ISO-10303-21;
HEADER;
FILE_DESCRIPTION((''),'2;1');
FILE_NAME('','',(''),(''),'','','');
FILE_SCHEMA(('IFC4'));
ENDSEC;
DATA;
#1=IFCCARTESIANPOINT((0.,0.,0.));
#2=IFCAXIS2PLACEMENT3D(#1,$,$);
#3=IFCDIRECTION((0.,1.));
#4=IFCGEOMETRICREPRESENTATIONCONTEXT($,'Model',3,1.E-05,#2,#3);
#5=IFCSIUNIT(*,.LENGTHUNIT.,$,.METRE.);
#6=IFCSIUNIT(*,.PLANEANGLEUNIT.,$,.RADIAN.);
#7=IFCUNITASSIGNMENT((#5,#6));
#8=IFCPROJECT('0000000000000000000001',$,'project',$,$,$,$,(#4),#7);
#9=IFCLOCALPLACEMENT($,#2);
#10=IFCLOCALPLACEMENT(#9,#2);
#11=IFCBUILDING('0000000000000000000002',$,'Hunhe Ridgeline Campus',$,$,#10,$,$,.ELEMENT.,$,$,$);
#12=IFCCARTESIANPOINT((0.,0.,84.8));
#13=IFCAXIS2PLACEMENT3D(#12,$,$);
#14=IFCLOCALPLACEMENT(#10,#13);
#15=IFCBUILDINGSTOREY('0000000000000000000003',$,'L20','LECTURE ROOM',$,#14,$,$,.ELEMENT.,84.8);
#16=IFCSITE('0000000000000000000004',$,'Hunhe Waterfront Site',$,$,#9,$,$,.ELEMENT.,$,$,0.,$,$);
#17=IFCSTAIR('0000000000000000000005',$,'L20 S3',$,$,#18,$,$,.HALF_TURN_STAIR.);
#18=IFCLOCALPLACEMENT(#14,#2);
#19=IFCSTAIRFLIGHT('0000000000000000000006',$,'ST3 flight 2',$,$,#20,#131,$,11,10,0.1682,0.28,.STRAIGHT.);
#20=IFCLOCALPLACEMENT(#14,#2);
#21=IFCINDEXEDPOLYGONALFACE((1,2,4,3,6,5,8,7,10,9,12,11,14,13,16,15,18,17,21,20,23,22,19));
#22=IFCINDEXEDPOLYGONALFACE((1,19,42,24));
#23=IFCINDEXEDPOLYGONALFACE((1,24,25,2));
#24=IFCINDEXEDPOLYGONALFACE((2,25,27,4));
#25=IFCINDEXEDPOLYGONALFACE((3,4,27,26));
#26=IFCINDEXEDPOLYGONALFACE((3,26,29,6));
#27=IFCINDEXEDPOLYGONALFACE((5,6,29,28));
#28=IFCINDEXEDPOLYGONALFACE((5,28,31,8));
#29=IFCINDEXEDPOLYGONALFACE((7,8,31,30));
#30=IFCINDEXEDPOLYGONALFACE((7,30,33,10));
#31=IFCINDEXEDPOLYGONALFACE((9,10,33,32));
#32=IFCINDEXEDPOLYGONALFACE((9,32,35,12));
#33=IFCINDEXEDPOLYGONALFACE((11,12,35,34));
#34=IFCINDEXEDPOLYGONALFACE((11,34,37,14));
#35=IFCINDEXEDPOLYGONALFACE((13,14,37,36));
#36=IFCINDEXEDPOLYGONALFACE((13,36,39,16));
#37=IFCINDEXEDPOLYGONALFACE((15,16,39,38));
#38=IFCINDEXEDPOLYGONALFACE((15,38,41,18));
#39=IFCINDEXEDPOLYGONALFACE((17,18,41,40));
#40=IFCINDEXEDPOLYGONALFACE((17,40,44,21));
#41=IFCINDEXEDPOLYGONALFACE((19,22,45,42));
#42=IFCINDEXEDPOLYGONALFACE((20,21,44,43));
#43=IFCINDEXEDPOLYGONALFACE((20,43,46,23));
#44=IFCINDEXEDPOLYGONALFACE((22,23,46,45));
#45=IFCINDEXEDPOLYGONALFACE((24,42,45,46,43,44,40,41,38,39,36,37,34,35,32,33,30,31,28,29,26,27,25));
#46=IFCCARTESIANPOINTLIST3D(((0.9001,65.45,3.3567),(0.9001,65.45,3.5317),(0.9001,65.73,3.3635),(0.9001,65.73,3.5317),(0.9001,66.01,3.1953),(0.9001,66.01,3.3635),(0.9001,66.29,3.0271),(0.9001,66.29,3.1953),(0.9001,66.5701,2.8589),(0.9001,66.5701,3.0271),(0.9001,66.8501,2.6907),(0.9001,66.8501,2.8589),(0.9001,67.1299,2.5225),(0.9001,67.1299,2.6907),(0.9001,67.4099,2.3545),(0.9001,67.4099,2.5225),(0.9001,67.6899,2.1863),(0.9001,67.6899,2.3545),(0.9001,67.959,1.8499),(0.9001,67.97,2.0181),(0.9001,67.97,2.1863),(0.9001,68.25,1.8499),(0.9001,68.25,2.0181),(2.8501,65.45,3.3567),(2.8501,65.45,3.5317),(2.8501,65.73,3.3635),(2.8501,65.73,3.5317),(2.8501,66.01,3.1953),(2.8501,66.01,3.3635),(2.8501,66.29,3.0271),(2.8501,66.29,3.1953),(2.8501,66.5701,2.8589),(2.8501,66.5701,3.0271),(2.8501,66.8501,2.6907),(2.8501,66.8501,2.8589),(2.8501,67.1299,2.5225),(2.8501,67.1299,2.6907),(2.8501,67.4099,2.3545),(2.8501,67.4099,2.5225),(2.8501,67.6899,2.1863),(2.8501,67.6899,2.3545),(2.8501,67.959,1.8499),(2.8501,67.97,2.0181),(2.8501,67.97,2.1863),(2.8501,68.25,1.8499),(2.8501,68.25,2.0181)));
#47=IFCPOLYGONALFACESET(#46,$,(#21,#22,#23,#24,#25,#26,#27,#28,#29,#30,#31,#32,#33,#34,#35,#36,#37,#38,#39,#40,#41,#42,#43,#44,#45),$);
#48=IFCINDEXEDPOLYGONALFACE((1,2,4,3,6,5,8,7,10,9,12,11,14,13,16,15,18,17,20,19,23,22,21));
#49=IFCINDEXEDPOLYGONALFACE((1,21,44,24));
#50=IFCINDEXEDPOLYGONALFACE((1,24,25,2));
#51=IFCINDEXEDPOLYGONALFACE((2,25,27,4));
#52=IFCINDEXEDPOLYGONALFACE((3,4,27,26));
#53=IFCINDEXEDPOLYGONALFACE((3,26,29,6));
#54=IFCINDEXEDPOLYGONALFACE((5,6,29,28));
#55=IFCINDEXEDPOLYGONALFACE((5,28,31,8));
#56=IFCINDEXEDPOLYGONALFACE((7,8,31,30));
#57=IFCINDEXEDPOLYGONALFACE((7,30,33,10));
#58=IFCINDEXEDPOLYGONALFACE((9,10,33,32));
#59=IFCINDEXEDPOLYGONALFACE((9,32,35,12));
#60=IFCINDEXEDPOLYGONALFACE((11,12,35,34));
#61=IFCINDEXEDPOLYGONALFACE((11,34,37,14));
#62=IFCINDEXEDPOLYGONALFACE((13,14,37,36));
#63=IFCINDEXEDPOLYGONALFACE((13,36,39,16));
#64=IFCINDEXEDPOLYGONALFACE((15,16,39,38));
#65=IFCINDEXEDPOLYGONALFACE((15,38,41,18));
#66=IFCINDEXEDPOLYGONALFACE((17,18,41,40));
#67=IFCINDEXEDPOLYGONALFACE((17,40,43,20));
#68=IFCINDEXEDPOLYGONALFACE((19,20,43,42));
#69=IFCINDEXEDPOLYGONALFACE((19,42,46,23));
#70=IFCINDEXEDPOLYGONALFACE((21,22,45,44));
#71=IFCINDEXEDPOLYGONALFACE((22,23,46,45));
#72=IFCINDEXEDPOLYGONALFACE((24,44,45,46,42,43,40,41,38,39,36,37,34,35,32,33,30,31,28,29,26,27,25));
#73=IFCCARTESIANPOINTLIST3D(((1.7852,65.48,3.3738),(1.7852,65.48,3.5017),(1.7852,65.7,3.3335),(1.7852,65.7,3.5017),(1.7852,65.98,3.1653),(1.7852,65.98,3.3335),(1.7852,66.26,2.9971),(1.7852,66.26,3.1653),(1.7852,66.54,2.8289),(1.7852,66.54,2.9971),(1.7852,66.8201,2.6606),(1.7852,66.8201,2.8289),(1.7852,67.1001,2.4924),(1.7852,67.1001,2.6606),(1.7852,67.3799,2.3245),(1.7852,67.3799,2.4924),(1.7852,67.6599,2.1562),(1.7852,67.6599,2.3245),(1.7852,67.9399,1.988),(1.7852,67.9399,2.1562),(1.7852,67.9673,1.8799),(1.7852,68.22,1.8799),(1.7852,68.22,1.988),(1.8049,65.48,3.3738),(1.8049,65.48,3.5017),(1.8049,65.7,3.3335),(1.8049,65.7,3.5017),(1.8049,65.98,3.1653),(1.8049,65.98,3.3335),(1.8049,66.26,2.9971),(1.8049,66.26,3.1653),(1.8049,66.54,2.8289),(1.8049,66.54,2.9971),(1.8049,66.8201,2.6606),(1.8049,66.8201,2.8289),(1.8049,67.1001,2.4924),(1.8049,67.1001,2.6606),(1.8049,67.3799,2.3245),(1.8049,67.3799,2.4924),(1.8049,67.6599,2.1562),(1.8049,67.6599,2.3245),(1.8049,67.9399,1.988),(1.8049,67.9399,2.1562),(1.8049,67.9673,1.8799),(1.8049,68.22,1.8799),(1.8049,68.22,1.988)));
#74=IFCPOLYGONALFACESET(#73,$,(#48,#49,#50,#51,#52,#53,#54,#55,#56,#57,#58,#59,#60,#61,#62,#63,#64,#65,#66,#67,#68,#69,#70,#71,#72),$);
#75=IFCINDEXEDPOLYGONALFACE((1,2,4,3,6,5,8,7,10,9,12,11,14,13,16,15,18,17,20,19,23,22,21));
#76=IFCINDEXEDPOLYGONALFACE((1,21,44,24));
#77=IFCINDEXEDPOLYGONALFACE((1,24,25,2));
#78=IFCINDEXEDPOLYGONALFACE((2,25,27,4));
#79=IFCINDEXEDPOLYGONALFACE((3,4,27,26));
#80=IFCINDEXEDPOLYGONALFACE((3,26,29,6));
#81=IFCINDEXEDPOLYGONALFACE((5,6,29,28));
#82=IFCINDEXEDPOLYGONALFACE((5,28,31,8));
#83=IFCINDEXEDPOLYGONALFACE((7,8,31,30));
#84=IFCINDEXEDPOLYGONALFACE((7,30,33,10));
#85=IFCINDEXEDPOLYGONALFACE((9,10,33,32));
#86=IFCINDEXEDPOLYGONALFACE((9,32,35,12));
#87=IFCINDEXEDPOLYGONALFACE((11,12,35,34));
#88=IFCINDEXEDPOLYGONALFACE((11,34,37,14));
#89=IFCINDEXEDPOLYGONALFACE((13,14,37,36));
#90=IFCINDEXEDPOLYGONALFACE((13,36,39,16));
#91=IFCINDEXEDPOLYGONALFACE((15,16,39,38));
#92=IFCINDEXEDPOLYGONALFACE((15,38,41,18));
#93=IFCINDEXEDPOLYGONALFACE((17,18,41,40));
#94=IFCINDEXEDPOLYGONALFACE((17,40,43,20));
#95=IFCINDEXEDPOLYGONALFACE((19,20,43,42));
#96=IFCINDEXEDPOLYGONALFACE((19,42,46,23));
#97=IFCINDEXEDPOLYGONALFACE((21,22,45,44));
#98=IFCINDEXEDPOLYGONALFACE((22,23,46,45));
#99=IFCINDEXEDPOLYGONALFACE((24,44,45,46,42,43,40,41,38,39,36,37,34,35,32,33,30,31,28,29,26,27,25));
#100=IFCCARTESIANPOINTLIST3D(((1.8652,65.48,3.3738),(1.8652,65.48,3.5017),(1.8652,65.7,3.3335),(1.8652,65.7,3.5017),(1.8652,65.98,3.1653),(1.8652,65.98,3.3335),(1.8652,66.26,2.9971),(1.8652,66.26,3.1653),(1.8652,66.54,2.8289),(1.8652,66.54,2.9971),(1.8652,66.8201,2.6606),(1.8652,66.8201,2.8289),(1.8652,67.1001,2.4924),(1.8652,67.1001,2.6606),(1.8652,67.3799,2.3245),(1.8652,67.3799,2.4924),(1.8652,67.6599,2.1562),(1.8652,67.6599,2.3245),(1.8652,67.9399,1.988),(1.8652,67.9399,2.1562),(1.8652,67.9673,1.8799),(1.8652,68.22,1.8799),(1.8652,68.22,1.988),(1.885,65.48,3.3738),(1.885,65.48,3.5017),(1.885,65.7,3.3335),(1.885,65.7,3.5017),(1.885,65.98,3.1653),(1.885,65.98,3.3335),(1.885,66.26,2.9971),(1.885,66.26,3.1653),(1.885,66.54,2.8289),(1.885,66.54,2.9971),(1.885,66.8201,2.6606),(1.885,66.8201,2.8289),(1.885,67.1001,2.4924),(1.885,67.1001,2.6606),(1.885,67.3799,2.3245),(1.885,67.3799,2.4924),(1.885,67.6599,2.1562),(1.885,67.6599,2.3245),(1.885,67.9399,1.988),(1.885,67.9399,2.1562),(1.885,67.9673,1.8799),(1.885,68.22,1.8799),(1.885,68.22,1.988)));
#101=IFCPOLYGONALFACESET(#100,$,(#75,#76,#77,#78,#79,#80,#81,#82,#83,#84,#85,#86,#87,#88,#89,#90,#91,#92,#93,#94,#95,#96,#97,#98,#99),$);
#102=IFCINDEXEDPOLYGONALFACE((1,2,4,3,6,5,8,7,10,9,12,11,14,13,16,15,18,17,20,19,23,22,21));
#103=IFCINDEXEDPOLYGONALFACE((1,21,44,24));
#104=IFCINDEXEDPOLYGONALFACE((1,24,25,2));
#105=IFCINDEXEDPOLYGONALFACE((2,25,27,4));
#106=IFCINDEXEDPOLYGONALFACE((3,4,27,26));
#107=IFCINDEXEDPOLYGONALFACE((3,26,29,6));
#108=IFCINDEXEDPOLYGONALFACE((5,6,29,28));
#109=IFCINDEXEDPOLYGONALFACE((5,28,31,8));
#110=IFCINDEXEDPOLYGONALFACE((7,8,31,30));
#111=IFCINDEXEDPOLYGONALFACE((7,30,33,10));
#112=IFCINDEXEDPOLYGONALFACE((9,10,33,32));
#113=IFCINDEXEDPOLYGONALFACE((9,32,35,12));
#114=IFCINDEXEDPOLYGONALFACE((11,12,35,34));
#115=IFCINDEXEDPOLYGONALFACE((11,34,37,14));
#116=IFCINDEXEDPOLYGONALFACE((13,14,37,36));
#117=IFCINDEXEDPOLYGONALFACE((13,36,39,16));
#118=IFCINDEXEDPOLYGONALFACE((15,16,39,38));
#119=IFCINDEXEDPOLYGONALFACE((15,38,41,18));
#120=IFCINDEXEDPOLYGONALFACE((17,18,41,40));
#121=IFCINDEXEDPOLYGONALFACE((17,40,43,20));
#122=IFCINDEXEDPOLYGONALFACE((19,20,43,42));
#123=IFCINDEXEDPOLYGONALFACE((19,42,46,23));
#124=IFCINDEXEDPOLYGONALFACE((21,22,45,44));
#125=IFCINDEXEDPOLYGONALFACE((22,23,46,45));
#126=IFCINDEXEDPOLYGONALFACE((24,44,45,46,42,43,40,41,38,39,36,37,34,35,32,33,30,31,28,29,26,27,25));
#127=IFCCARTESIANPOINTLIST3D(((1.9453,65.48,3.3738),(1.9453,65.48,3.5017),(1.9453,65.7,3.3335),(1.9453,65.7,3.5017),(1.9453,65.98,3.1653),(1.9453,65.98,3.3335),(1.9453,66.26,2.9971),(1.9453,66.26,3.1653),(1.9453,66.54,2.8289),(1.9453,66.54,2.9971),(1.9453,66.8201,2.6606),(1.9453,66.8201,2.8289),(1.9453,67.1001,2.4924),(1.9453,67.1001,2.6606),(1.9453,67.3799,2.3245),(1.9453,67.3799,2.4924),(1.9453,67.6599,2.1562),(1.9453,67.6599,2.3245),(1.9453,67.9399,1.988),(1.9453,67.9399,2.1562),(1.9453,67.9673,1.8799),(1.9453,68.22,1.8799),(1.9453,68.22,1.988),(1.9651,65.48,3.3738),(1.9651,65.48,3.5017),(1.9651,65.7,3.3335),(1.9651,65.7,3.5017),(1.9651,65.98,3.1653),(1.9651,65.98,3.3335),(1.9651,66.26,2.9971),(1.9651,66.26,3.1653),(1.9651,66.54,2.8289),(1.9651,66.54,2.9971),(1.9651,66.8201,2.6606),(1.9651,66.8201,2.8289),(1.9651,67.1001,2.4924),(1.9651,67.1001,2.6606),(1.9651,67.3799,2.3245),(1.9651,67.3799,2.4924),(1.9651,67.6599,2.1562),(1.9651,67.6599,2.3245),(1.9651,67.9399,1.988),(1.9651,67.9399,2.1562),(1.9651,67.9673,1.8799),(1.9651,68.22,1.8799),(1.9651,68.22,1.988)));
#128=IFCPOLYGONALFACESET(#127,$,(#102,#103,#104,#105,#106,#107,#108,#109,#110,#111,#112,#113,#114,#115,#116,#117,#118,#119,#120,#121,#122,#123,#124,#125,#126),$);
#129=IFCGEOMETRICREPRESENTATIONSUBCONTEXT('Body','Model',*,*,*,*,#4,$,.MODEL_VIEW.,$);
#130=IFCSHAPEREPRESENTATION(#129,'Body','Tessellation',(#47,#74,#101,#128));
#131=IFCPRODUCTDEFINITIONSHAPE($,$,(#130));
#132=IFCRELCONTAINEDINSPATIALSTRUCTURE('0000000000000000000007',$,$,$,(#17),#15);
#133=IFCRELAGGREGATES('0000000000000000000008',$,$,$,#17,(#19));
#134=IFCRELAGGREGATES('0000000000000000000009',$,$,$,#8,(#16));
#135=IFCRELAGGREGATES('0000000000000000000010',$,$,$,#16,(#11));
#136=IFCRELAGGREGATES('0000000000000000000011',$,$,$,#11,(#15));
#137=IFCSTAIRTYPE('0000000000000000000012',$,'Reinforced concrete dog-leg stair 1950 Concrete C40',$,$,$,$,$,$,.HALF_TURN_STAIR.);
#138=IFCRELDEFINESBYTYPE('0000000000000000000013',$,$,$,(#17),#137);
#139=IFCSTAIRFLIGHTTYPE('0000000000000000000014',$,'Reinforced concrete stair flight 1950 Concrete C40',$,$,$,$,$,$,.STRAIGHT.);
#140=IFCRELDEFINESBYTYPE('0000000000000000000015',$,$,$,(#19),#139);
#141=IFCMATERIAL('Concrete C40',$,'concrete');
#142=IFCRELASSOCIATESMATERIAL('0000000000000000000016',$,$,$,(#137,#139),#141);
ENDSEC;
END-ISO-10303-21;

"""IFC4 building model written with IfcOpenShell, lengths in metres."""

from ifc_helpers import new_model, si_unit, direction, frame, origin, place, context, subcontext, project, spatial, polyline, outline, extrude, material, type_object, element, aggregate, save


model = new_model("IFC4")

# Units and contexts
model_context = context("Model", 3, precision=1e-05, world=origin(), true_north=direction((0.0, 1.0)))
body_context = subcontext(model_context, "Body", "Model", "MODEL_VIEW")
ifc_project = project(units=[si_unit("LENGTHUNIT", "METRE"), si_unit("PLANEANGLEUNIT", "RADIAN")], contexts=[model_context])

# Site, building, storey
site_placement = place(None, origin())
site = spatial("IfcSite", under=ifc_project, at=site_placement, Name="Hunhe Waterfront Site", CompositionType="ELEMENT", RefElevation=0.0)
building_placement = place(site_placement, origin())
building = spatial("IfcBuilding", under=site, at=building_placement, Name="Hunhe Ridgeline Campus", CompositionType="ELEMENT")
storey_placement = place(building_placement, frame((0.0, 0.0, 84.8)))
storey = spatial("IfcBuildingStorey", under=building, at=storey_placement, Name="L20", Description="LECTURE ROOM", CompositionType="ELEMENT", Elevation=84.8)

# Stair, stair flight
ifc_material_1 = material(Name="Concrete C40", Category="concrete")
stair_type = type_object("IfcStairType", Name="Reinforced concrete dog-leg stair 1950 Concrete C40", PredefinedType="HALF_TURN_STAIR", material=ifc_material_1)
stair_1_placement = place(storey_placement, origin())
stair_1 = element("IfcStair", 1, at=stair_1_placement, inside=storey, type_object=stair_type, Name="L20 S3", PredefinedType="HALF_TURN_STAIR")
stair_flight_type = type_object("IfcStairFlightType", Name="Reinforced concrete stair flight 1950 Concrete C40", PredefinedType="STRAIGHT", material=ifc_material_1)
stair_flight_1_placement = place(storey_placement, frame((1.875, 68.25, 1.8499), z_axis=(0.0, 0.0, 1.0), x_axis=(0.0, -1.0, 0.0)))
stair_flight_1 = element("IfcStairFlight", 2, at=stair_flight_1_placement, type_object=stair_flight_type, Name="ST3 flight 2", NumberOfRisers=11, NumberOfTreads=10, PredefinedType="STRAIGHT", RiserHeight=0.1682, TreadLength=0.28, context=body_context, shape_type="SweptSolid", body=[
    extrude(outline(polyline([(0.0, 0.0), (0.0, 0.1682), (0.28, 0.1682), (0.28, 0.3364), (0.5601, 0.3364), (0.5601, 0.5046), (0.8401, 0.5046), (0.8401, 0.6726), (1.1201, 0.6726), (1.1201, 0.8408), (1.3999, 0.8408), (1.3999, 1.009), (1.6799, 1.009), (1.6799, 1.1772), (1.96, 1.1772), (1.96, 1.3455), (2.24, 1.3455), (2.24, 1.5137), (2.52, 1.5137), (2.52, 1.6819), (2.8, 1.6819), (2.8, 1.8501), (2.8, 1.5068), (0.291, 0.0), (0.0, 0.0)])), frame((0.0, 0.9751, 0.0), z_axis=(0.0, -1.0, 0.0), x_axis=(1.0, 0.0, 0.0)), (0.0, 0.0, 1.0), 1.95),
    extrude(outline(polyline([(0.03, 0.03), (0.03, 0.1382), (0.3101, 0.1382), (0.3101, 0.3064), (0.5901, 0.3064), (0.5901, 0.4746), (0.8701, 0.4746), (0.8701, 0.6426), (1.1499, 0.6426), (1.1499, 0.8108), (1.4299, 0.8108), (1.4299, 0.979), (1.71, 0.979), (1.71, 1.1472), (1.99, 1.1472), (1.99, 1.3154), (2.27, 1.3154), (2.27, 1.4836), (2.55, 1.4836), (2.55, 1.6519), (2.77, 1.6519), (2.77, 1.5239), (0.2827, 0.03), (0.03, 0.03)])), frame((0.0, -0.0701, 0.0), z_axis=(0.0, -1.0, 0.0), x_axis=(1.0, 0.0, 0.0)), (0.0, 0.0, 1.0), 0.0198),
    extrude(outline(polyline([(0.03, 0.03), (0.03, 0.1382), (0.3101, 0.1382), (0.3101, 0.3064), (0.5901, 0.3064), (0.5901, 0.4746), (0.8701, 0.4746), (0.8701, 0.6426), (1.1499, 0.6426), (1.1499, 0.8108), (1.4299, 0.8108), (1.4299, 0.979), (1.71, 0.979), (1.71, 1.1472), (1.99, 1.1472), (1.99, 1.3154), (2.27, 1.3154), (2.27, 1.4836), (2.55, 1.4836), (2.55, 1.6519), (2.77, 1.6519), (2.77, 1.5239), (0.2827, 0.03), (0.03, 0.03)])), frame((0.0, 0.01, 0.0), z_axis=(0.0, -1.0, 0.0), x_axis=(1.0, 0.0, 0.0)), (0.0, 0.0, 1.0), 0.0198),
    extrude(outline(polyline([(0.03, 0.03), (0.03, 0.1382), (0.3101, 0.1382), (0.3101, 0.3064), (0.5901, 0.3064), (0.5901, 0.4746), (0.8701, 0.4746), (0.8701, 0.6426), (1.1499, 0.6426), (1.1499, 0.8108), (1.4299, 0.8108), (1.4299, 0.979), (1.71, 0.979), (1.71, 1.1472), (1.99, 1.1472), (1.99, 1.3154), (2.27, 1.3154), (2.27, 1.4836), (2.55, 1.4836), (2.55, 1.6519), (2.77, 1.6519), (2.77, 1.5239), (0.2827, 0.03), (0.03, 0.03)])), frame((0.0, 0.0901, 0.0), z_axis=(0.0, -1.0, 0.0), x_axis=(1.0, 0.0, 0.0)), (0.0, 0.0, 1.0), 0.0198),
])
aggregate(stair_1, [stair_flight_1])

save(model, "model.ifc")
